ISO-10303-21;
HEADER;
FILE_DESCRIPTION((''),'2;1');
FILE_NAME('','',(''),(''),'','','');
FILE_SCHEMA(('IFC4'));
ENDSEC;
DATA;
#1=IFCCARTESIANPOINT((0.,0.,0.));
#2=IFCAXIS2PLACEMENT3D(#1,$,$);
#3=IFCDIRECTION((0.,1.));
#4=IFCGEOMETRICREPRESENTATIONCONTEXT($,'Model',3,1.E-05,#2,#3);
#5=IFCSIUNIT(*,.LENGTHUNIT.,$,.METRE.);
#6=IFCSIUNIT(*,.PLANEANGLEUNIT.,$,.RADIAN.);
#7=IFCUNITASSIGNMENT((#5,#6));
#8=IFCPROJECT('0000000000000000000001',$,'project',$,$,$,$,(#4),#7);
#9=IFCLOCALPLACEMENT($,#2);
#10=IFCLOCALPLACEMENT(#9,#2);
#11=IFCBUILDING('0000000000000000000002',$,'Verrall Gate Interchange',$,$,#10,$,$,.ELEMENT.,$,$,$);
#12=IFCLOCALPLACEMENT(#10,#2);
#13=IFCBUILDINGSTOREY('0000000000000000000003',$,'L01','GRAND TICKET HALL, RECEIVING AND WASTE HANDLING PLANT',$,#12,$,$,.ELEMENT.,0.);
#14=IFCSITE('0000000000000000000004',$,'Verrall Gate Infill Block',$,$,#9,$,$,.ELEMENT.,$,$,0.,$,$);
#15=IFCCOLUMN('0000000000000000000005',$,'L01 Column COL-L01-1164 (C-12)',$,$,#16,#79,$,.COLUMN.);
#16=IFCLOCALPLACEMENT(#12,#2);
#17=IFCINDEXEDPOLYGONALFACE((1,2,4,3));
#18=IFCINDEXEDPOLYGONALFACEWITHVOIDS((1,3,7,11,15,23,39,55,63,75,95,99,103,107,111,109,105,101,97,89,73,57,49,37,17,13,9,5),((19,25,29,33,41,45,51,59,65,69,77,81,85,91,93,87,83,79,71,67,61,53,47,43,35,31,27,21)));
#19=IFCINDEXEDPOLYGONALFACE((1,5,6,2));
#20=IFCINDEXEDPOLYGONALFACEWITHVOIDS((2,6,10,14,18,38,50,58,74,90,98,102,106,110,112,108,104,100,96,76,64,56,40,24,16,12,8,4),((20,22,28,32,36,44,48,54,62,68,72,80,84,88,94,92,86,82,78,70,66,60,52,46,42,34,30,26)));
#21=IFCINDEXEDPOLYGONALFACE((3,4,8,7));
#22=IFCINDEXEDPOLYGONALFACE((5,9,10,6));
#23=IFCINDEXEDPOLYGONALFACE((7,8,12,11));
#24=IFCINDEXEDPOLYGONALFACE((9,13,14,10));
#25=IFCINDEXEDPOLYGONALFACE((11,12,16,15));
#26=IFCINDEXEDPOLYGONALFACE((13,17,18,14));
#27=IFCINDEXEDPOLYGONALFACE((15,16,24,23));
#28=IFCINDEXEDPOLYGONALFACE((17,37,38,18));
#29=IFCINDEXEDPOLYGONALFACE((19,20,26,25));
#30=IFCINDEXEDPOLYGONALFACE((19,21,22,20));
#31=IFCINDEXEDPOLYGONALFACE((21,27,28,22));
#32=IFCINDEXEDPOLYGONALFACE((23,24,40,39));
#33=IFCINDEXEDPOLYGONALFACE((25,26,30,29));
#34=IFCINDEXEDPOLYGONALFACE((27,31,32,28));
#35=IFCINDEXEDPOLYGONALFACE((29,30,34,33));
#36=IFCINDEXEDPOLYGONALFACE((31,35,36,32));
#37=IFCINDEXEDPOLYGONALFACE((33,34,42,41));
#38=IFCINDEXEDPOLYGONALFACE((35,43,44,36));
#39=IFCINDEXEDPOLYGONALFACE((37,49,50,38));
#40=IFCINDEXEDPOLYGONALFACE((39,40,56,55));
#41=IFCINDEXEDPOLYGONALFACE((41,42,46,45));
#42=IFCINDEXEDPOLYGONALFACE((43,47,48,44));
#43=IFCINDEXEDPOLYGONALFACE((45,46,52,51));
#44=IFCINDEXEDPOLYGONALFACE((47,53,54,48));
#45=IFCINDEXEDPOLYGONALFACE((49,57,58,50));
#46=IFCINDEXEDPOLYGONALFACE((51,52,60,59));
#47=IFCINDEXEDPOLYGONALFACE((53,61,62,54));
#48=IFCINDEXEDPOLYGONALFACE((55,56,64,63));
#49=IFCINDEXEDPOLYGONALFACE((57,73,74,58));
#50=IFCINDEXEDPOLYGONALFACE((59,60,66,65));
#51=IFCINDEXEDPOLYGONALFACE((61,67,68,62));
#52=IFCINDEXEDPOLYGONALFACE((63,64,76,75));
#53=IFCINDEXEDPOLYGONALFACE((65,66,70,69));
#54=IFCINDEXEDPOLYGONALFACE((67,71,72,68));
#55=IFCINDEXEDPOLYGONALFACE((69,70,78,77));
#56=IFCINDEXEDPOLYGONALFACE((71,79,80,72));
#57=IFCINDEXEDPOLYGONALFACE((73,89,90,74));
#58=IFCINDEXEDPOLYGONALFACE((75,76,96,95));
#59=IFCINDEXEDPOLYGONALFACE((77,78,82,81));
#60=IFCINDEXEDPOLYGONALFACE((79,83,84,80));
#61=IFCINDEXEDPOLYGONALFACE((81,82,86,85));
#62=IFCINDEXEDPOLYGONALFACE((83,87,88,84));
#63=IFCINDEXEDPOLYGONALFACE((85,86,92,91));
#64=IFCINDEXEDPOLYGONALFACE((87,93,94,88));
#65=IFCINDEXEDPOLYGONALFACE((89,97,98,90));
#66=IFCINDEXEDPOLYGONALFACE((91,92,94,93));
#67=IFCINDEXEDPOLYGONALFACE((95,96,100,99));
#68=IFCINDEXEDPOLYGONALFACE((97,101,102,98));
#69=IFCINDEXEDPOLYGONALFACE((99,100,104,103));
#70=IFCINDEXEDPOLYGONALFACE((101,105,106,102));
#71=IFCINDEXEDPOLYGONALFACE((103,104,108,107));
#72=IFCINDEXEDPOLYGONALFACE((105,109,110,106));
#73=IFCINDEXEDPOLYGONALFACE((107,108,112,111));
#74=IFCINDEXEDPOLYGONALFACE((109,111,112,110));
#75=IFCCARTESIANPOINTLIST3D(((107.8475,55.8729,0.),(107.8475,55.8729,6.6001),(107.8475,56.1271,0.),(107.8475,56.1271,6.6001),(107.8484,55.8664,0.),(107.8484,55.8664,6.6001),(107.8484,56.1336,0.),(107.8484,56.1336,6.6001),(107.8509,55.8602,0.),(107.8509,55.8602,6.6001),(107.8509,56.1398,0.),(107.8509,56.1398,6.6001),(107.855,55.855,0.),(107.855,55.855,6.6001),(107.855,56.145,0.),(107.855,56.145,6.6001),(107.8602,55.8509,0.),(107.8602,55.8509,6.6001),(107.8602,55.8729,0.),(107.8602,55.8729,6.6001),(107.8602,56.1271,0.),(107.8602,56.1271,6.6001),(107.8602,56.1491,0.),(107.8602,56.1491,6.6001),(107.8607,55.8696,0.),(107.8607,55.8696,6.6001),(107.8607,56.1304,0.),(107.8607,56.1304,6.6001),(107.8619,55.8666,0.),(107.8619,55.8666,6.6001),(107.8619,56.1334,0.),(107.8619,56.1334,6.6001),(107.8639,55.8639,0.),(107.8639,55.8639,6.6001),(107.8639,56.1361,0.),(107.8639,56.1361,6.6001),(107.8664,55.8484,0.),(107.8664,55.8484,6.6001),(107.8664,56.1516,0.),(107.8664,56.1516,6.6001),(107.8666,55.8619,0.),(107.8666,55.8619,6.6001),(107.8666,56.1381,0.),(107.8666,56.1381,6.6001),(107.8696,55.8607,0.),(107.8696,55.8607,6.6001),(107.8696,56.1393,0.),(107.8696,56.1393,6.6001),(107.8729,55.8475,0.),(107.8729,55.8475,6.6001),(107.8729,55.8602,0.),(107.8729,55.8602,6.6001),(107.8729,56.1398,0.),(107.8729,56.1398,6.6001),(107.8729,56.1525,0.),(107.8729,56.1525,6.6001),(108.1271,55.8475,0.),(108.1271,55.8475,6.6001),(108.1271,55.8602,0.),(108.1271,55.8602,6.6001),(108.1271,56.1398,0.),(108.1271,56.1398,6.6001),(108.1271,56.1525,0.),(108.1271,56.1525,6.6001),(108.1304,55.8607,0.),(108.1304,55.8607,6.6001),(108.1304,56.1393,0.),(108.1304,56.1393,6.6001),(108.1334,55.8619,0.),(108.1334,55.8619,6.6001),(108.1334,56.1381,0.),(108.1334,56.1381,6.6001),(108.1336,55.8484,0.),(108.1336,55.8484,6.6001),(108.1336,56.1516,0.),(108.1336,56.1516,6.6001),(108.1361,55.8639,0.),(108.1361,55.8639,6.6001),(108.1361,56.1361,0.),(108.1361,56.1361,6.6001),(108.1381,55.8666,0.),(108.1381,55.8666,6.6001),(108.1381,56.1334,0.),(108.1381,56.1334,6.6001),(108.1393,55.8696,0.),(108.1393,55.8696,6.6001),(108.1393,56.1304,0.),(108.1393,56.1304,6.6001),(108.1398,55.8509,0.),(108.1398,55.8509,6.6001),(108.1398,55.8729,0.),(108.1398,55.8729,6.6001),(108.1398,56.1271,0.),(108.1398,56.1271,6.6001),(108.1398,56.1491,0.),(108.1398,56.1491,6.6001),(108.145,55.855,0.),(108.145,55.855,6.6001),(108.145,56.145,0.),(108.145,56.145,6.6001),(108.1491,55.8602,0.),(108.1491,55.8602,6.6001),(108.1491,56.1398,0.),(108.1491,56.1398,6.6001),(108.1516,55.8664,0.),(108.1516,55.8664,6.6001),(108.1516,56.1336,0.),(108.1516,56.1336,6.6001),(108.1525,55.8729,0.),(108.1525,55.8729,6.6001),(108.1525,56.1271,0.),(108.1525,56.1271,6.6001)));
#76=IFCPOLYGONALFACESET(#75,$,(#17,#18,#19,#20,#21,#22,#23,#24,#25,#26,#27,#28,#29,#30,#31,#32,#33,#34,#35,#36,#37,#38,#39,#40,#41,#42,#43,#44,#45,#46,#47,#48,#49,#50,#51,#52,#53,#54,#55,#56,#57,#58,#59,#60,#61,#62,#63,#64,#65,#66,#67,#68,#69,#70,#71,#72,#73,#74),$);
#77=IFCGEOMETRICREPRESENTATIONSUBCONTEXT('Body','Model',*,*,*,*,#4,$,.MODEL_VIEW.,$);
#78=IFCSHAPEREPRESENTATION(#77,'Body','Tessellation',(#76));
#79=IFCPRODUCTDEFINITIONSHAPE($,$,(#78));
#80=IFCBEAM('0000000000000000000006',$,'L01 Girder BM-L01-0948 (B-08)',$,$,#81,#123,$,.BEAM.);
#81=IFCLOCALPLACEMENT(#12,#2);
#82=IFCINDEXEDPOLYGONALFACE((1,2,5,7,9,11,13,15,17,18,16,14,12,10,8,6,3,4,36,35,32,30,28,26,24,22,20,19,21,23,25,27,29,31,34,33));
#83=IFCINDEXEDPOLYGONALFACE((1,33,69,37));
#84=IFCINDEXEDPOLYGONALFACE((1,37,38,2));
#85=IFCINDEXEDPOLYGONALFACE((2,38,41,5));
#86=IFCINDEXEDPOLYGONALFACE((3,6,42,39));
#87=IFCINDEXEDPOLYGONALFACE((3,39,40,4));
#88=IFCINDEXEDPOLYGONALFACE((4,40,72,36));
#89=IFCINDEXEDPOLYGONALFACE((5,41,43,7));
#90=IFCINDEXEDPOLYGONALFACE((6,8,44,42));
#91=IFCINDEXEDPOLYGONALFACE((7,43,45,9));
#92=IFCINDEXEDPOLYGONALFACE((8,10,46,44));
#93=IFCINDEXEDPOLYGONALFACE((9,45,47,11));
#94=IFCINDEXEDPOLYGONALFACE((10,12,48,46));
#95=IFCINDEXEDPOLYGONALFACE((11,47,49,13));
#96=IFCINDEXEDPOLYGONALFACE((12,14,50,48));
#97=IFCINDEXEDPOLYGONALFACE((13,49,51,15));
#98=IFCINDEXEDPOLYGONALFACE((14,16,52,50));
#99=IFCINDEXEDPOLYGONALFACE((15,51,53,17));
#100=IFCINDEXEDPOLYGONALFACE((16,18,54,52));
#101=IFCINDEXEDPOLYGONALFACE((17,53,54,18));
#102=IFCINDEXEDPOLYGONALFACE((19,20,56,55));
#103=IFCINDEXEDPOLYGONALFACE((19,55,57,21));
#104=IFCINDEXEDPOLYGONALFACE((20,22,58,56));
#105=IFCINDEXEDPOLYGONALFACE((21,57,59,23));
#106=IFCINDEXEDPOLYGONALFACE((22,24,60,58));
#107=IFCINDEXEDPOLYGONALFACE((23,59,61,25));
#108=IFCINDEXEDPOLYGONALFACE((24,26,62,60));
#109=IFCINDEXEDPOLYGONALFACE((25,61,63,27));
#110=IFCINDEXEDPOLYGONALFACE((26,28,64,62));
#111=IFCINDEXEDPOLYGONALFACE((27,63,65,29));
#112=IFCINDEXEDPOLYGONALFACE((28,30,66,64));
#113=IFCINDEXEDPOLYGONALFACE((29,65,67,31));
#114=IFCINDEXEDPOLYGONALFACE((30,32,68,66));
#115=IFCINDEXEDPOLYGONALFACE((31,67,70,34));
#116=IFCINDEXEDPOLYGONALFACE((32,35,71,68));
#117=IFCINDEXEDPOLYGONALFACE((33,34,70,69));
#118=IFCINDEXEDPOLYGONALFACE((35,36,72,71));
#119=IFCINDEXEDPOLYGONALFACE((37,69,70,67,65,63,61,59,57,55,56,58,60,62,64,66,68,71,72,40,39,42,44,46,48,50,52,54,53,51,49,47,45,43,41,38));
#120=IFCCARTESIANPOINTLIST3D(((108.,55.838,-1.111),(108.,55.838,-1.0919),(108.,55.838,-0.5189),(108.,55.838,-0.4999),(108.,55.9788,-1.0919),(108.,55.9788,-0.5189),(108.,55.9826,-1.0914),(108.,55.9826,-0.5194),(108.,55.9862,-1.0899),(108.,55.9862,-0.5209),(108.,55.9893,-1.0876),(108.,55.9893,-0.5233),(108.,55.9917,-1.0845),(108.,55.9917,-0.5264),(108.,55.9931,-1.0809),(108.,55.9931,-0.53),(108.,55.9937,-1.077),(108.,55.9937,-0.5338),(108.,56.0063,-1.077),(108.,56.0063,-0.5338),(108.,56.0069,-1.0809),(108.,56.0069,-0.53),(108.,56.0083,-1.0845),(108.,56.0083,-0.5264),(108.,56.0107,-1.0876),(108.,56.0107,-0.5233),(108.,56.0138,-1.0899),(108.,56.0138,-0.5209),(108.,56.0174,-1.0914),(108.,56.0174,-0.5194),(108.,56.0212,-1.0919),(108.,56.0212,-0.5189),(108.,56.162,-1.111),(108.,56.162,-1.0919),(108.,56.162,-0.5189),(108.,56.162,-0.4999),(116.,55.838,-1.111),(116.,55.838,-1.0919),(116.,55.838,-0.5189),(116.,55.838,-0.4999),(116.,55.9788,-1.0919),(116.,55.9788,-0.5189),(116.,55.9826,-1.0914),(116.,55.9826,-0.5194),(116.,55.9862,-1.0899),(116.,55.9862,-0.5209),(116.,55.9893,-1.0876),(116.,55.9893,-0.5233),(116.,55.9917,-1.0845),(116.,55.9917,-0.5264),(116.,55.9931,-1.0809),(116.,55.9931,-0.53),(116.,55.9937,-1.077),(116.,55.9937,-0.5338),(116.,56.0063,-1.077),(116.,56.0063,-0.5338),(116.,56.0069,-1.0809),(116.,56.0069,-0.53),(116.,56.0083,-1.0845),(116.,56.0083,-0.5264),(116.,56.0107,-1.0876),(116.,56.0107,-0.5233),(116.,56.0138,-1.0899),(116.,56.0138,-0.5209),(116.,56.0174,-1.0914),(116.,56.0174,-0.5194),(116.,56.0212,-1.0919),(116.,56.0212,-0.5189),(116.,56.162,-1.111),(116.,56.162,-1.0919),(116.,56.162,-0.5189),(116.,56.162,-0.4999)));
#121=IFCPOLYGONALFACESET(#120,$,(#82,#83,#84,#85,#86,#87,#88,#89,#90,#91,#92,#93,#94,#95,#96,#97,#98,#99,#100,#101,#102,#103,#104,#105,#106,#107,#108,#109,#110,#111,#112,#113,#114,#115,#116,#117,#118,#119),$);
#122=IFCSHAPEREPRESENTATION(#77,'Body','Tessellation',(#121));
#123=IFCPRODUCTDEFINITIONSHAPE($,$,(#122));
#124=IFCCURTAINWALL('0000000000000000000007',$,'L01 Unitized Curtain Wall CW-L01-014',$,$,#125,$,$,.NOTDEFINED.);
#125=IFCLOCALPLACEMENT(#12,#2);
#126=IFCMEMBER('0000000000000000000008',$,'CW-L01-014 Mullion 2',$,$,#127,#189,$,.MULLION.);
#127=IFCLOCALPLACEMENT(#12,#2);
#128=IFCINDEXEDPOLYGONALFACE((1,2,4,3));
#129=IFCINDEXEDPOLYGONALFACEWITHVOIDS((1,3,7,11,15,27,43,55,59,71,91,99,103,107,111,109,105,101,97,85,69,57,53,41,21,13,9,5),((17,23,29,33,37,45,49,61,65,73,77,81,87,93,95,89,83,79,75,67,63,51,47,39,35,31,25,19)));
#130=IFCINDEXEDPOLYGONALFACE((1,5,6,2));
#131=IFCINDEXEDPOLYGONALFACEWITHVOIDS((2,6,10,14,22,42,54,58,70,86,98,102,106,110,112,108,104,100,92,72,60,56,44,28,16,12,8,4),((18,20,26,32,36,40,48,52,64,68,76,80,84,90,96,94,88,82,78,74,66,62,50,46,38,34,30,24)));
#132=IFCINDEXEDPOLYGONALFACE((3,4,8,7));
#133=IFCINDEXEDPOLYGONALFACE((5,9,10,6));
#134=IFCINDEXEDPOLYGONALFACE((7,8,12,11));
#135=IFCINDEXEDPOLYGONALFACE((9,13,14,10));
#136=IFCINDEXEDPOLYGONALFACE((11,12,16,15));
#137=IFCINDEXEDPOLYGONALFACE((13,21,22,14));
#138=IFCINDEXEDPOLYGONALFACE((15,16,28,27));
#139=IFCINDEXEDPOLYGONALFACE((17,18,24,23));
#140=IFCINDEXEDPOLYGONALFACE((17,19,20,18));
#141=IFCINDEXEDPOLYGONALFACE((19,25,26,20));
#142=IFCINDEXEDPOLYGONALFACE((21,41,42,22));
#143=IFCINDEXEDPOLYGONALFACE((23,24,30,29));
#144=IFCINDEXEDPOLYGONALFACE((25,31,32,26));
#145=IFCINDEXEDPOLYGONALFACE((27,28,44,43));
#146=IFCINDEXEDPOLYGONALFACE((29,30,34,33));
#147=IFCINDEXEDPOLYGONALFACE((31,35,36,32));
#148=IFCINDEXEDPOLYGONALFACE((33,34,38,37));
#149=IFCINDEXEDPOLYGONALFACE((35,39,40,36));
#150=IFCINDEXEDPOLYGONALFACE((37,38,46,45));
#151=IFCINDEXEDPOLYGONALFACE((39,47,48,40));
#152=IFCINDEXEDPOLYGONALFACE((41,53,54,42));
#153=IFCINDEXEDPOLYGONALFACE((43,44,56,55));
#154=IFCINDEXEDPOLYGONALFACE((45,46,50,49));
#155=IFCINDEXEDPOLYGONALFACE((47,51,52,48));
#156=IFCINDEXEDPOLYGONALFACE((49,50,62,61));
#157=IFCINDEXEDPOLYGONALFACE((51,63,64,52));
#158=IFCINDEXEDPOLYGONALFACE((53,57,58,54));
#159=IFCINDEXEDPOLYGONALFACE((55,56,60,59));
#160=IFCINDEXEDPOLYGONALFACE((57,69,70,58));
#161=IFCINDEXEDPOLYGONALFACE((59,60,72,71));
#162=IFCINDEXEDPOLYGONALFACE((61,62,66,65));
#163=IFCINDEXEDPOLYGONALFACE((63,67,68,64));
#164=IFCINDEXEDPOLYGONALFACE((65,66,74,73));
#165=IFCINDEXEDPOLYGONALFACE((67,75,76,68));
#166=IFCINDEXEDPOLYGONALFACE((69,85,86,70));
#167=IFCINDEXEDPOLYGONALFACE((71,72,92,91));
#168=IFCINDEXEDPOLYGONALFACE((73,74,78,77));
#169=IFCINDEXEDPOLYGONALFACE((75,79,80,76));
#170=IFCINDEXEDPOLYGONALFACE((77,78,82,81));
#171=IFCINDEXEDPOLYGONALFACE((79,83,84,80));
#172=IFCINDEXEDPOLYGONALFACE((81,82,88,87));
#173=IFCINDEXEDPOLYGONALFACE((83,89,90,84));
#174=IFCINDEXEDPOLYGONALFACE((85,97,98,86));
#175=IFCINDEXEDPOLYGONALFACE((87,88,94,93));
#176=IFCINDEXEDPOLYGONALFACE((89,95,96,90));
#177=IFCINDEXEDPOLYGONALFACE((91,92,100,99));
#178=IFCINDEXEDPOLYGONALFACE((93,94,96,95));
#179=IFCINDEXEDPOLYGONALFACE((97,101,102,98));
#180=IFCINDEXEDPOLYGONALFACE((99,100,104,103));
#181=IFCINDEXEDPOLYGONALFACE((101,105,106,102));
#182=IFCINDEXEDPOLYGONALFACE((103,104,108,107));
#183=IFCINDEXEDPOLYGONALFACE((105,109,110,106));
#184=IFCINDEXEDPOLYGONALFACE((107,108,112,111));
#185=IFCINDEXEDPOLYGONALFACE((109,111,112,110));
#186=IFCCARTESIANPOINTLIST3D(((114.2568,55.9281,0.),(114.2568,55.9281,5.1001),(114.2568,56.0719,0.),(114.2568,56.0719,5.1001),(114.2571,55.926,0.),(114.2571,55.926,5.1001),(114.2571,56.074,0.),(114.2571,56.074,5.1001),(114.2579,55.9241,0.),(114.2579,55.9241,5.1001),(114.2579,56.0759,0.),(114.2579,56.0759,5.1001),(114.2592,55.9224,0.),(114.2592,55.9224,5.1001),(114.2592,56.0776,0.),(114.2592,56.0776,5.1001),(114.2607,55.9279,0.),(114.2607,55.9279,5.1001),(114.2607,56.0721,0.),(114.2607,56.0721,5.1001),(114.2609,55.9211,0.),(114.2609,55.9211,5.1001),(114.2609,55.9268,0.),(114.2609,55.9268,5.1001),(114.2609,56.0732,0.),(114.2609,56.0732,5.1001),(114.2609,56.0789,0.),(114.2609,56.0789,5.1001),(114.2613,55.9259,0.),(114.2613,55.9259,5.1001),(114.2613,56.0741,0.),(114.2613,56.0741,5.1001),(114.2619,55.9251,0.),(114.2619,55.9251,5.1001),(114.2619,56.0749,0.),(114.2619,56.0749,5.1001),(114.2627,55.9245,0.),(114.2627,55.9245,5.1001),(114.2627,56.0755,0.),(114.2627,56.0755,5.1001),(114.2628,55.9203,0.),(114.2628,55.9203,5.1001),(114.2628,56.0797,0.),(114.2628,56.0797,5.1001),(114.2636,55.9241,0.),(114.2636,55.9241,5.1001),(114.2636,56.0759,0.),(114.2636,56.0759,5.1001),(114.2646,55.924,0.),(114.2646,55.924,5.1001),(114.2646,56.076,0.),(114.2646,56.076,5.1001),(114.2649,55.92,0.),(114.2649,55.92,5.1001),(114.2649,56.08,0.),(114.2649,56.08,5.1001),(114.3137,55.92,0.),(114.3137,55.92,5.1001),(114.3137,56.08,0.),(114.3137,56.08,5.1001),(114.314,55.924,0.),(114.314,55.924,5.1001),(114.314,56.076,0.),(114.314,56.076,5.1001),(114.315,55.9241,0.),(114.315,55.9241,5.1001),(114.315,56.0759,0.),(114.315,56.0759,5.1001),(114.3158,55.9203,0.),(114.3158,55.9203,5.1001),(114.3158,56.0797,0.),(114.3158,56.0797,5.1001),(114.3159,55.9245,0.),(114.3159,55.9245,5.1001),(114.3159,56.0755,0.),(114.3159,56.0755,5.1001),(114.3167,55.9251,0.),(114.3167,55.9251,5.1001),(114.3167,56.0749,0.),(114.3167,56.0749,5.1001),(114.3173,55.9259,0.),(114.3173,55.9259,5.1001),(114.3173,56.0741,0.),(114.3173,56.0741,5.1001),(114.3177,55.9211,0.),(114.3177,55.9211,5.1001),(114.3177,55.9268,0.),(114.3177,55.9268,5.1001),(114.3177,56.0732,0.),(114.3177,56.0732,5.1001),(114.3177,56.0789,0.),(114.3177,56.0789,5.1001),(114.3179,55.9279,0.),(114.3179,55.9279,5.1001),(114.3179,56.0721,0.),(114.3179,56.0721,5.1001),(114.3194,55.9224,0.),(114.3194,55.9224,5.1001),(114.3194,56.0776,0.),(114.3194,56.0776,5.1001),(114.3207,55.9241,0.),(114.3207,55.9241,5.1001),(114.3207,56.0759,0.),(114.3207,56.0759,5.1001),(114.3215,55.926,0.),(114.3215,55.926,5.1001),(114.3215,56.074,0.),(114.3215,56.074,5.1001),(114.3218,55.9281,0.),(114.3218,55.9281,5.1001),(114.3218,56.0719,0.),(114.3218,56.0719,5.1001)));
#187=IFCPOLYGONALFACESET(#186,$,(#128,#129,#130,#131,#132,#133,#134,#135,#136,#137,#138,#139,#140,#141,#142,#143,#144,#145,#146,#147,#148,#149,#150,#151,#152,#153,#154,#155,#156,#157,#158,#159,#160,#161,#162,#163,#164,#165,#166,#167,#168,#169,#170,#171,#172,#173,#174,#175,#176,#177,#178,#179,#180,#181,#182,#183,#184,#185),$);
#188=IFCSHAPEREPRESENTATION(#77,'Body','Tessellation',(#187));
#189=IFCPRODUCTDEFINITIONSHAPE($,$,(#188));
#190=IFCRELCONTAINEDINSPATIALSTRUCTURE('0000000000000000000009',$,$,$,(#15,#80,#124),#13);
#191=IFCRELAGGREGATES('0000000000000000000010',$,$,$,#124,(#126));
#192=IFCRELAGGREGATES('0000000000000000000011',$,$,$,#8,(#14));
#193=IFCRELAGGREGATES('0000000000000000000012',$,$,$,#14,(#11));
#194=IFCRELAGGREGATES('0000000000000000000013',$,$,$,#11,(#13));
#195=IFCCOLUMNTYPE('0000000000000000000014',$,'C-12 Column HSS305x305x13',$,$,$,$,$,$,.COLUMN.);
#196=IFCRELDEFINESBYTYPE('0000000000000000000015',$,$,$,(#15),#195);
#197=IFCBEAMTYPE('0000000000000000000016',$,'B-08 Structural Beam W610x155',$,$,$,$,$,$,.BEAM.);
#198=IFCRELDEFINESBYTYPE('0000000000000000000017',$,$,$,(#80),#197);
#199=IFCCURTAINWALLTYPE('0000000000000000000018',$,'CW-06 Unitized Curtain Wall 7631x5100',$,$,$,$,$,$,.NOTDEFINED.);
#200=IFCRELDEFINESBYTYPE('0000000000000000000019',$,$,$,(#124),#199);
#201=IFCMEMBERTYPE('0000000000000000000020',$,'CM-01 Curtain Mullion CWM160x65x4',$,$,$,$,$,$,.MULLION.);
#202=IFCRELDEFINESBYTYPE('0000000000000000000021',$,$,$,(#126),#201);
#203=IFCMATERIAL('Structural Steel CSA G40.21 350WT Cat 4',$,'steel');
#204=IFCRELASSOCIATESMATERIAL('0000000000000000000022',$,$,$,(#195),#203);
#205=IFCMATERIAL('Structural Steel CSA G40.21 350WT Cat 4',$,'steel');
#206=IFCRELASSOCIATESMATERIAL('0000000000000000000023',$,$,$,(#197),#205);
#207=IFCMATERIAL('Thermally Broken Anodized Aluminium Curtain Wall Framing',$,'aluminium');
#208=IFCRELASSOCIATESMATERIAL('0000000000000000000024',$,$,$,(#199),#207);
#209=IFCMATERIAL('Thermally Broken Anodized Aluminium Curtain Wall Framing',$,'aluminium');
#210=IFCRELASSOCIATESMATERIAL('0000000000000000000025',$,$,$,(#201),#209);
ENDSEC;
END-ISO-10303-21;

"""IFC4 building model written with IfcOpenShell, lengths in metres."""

from ifc_helpers import new_model, si_unit, direction, frame, origin, origin_2d, place, context, subcontext, project, spatial, hollow_rectangle, i_section, extrude, material, material_profile, profile_set, type_object, element, aggregate, save


model = new_model("IFC4")

# Units and contexts
model_context = context("Model", 3, precision=1e-05, world=origin(), true_north=direction((0.0, 1.0)))
body_context = subcontext(model_context, "Body", "Model", "MODEL_VIEW")
ifc_project = project(units=[si_unit("LENGTHUNIT", "METRE"), si_unit("PLANEANGLEUNIT", "RADIAN")], contexts=[model_context])

# Site, building, storey
site_placement = place(None, origin())
site = spatial("IfcSite", under=ifc_project, at=site_placement, Name="Verrall Gate Infill Block", CompositionType="ELEMENT", RefElevation=0.0)
building_placement = place(site_placement, origin())
building = spatial("IfcBuilding", under=site, at=building_placement, Name="Verrall Gate Interchange", CompositionType="ELEMENT")
storey_placement = place(building_placement, origin())
storey = spatial("IfcBuildingStorey", under=building, at=storey_placement, Name="L01", Description="GRAND TICKET HALL, RECEIVING AND WASTE HANDLING PLANT", CompositionType="ELEMENT", Elevation=0.0)

# Column
ifc_material_1 = material(Name="Structural Steel CSA G40.21 350WT Cat 4", Category="steel")
ifc_material_profile_1 = material_profile(ifc_material_1, hollow_rectangle(XDim=0.3049, YDim=0.3049, WallThickness=0.0127, InnerFilletRadius=0.0127, OuterFilletRadius=0.0254, at=origin_2d()), Name="HSS305x305x13")
ifc_profile_set_1 = profile_set([ifc_material_profile_1], Name="Structural Steel CSA G40.21 350WT Cat 4")
column_type = type_object("IfcColumnType", Name="C-12 Column HSS305x305x13", PredefinedType="COLUMN", material=ifc_profile_set_1)
column_placement = place(storey_placement, frame((108.0, 56.0, 0.0), z_axis=(0.0, 0.0, 1.0), x_axis=(1.0, 0.0, 0.0)))
element("IfcColumn", 1, at=column_placement, inside=storey, type_object=column_type, Name="L01 Column COL-L01-1164 (C-12)", PredefinedType="COLUMN", context=body_context, shape_type="SweptSolid", body=[
    extrude(hollow_rectangle(XDim=0.3049, YDim=0.3049, WallThickness=0.0127, InnerFilletRadius=0.0127, OuterFilletRadius=0.0254, at=origin_2d()), origin(), (0.0, 0.0, 1.0), 6.6001),
])

# Beam
ifc_material_2 = material(Name="Structural Steel CSA G40.21 350WT Cat 4", Category="steel")
ifc_material_profile_2 = material_profile(ifc_material_2, i_section(OverallWidth=0.324, OverallDepth=0.6111, WebThickness=0.0127, FlangeThickness=0.019, FilletRadius=0.0149, at=origin_2d()), Name="W610x155")
ifc_profile_set_2 = profile_set([ifc_material_profile_2], Name="Structural Steel CSA G40.21 350WT Cat 4")
beam_type = type_object("IfcBeamType", Name="B-08 Structural Beam W610x155", PredefinedType="BEAM", material=ifc_profile_set_2)
beam_placement = place(storey_placement, frame((108.0, 56.0, -0.8054), z_axis=(1.0, 0.0, 0.0), x_axis=(0.0, 1.0, 0.0)))
element("IfcBeam", 2, at=beam_placement, inside=storey, type_object=beam_type, Name="L01 Girder BM-L01-0948 (B-08)", PredefinedType="BEAM", context=body_context, shape_type="SweptSolid", body=[
    extrude(i_section(OverallWidth=0.324, OverallDepth=0.6111, WebThickness=0.0127, FlangeThickness=0.019, FilletRadius=0.0149, at=origin_2d()), origin(), (0.0, 0.0, 1.0), 8.0),
])

# Curtain wall, member
ifc_material_3 = material(Name="Thermally Broken Anodized Aluminium Curtain Wall Framing", Category="aluminium")
curtain_wall_type = type_object("IfcCurtainWallType", Name="CW-06 Unitized Curtain Wall 7631x5100", PredefinedType="NOTDEFINED", material=ifc_material_3)
curtain_wall_1_placement = place(storey_placement, origin())
curtain_wall_1 = element("IfcCurtainWall", 3, at=curtain_wall_1_placement, inside=storey, type_object=curtain_wall_type, Name="L01 Unitized Curtain Wall CW-L01-014", PredefinedType="NOTDEFINED")
ifc_material_4 = material(Name="Thermally Broken Anodized Aluminium Curtain Wall Framing", Category="aluminium")
ifc_material_profile_3 = material_profile(ifc_material_4, hollow_rectangle(XDim=0.0649, YDim=0.1599, WallThickness=0.0039, InnerFilletRadius=0.0039, OuterFilletRadius=0.0081, at=origin_2d()), Name="CWM160x65x4")
ifc_profile_set_3 = profile_set([ifc_material_profile_3], Name="Thermally Broken Anodized Aluminium Curtain Wall Framing")
member_type_1 = type_object("IfcMemberType", Name="CM-01 Curtain Mullion CWM160x65x4", PredefinedType="MULLION", material=ifc_profile_set_3)
member_1_placement = place(storey_placement, frame((114.2893, 56.0, 0.0), z_axis=(0.0, 0.0, 1.0), x_axis=(-1.0, 0.0, 0.0)))
member_1 = element("IfcMember", 4, at=member_1_placement, type_object=member_type_1, Name="CW-L01-014 Mullion 2", PredefinedType="MULLION", context=body_context, shape_type="SweptSolid", body=[
    extrude(hollow_rectangle(XDim=0.0649, YDim=0.1599, WallThickness=0.0039, InnerFilletRadius=0.0039, OuterFilletRadius=0.0081, at=origin_2d()), origin(), (0.0, 0.0, 1.0), 5.1001),
])

aggregate(curtain_wall_1, [member_1])

save(model, "model.ifc")
